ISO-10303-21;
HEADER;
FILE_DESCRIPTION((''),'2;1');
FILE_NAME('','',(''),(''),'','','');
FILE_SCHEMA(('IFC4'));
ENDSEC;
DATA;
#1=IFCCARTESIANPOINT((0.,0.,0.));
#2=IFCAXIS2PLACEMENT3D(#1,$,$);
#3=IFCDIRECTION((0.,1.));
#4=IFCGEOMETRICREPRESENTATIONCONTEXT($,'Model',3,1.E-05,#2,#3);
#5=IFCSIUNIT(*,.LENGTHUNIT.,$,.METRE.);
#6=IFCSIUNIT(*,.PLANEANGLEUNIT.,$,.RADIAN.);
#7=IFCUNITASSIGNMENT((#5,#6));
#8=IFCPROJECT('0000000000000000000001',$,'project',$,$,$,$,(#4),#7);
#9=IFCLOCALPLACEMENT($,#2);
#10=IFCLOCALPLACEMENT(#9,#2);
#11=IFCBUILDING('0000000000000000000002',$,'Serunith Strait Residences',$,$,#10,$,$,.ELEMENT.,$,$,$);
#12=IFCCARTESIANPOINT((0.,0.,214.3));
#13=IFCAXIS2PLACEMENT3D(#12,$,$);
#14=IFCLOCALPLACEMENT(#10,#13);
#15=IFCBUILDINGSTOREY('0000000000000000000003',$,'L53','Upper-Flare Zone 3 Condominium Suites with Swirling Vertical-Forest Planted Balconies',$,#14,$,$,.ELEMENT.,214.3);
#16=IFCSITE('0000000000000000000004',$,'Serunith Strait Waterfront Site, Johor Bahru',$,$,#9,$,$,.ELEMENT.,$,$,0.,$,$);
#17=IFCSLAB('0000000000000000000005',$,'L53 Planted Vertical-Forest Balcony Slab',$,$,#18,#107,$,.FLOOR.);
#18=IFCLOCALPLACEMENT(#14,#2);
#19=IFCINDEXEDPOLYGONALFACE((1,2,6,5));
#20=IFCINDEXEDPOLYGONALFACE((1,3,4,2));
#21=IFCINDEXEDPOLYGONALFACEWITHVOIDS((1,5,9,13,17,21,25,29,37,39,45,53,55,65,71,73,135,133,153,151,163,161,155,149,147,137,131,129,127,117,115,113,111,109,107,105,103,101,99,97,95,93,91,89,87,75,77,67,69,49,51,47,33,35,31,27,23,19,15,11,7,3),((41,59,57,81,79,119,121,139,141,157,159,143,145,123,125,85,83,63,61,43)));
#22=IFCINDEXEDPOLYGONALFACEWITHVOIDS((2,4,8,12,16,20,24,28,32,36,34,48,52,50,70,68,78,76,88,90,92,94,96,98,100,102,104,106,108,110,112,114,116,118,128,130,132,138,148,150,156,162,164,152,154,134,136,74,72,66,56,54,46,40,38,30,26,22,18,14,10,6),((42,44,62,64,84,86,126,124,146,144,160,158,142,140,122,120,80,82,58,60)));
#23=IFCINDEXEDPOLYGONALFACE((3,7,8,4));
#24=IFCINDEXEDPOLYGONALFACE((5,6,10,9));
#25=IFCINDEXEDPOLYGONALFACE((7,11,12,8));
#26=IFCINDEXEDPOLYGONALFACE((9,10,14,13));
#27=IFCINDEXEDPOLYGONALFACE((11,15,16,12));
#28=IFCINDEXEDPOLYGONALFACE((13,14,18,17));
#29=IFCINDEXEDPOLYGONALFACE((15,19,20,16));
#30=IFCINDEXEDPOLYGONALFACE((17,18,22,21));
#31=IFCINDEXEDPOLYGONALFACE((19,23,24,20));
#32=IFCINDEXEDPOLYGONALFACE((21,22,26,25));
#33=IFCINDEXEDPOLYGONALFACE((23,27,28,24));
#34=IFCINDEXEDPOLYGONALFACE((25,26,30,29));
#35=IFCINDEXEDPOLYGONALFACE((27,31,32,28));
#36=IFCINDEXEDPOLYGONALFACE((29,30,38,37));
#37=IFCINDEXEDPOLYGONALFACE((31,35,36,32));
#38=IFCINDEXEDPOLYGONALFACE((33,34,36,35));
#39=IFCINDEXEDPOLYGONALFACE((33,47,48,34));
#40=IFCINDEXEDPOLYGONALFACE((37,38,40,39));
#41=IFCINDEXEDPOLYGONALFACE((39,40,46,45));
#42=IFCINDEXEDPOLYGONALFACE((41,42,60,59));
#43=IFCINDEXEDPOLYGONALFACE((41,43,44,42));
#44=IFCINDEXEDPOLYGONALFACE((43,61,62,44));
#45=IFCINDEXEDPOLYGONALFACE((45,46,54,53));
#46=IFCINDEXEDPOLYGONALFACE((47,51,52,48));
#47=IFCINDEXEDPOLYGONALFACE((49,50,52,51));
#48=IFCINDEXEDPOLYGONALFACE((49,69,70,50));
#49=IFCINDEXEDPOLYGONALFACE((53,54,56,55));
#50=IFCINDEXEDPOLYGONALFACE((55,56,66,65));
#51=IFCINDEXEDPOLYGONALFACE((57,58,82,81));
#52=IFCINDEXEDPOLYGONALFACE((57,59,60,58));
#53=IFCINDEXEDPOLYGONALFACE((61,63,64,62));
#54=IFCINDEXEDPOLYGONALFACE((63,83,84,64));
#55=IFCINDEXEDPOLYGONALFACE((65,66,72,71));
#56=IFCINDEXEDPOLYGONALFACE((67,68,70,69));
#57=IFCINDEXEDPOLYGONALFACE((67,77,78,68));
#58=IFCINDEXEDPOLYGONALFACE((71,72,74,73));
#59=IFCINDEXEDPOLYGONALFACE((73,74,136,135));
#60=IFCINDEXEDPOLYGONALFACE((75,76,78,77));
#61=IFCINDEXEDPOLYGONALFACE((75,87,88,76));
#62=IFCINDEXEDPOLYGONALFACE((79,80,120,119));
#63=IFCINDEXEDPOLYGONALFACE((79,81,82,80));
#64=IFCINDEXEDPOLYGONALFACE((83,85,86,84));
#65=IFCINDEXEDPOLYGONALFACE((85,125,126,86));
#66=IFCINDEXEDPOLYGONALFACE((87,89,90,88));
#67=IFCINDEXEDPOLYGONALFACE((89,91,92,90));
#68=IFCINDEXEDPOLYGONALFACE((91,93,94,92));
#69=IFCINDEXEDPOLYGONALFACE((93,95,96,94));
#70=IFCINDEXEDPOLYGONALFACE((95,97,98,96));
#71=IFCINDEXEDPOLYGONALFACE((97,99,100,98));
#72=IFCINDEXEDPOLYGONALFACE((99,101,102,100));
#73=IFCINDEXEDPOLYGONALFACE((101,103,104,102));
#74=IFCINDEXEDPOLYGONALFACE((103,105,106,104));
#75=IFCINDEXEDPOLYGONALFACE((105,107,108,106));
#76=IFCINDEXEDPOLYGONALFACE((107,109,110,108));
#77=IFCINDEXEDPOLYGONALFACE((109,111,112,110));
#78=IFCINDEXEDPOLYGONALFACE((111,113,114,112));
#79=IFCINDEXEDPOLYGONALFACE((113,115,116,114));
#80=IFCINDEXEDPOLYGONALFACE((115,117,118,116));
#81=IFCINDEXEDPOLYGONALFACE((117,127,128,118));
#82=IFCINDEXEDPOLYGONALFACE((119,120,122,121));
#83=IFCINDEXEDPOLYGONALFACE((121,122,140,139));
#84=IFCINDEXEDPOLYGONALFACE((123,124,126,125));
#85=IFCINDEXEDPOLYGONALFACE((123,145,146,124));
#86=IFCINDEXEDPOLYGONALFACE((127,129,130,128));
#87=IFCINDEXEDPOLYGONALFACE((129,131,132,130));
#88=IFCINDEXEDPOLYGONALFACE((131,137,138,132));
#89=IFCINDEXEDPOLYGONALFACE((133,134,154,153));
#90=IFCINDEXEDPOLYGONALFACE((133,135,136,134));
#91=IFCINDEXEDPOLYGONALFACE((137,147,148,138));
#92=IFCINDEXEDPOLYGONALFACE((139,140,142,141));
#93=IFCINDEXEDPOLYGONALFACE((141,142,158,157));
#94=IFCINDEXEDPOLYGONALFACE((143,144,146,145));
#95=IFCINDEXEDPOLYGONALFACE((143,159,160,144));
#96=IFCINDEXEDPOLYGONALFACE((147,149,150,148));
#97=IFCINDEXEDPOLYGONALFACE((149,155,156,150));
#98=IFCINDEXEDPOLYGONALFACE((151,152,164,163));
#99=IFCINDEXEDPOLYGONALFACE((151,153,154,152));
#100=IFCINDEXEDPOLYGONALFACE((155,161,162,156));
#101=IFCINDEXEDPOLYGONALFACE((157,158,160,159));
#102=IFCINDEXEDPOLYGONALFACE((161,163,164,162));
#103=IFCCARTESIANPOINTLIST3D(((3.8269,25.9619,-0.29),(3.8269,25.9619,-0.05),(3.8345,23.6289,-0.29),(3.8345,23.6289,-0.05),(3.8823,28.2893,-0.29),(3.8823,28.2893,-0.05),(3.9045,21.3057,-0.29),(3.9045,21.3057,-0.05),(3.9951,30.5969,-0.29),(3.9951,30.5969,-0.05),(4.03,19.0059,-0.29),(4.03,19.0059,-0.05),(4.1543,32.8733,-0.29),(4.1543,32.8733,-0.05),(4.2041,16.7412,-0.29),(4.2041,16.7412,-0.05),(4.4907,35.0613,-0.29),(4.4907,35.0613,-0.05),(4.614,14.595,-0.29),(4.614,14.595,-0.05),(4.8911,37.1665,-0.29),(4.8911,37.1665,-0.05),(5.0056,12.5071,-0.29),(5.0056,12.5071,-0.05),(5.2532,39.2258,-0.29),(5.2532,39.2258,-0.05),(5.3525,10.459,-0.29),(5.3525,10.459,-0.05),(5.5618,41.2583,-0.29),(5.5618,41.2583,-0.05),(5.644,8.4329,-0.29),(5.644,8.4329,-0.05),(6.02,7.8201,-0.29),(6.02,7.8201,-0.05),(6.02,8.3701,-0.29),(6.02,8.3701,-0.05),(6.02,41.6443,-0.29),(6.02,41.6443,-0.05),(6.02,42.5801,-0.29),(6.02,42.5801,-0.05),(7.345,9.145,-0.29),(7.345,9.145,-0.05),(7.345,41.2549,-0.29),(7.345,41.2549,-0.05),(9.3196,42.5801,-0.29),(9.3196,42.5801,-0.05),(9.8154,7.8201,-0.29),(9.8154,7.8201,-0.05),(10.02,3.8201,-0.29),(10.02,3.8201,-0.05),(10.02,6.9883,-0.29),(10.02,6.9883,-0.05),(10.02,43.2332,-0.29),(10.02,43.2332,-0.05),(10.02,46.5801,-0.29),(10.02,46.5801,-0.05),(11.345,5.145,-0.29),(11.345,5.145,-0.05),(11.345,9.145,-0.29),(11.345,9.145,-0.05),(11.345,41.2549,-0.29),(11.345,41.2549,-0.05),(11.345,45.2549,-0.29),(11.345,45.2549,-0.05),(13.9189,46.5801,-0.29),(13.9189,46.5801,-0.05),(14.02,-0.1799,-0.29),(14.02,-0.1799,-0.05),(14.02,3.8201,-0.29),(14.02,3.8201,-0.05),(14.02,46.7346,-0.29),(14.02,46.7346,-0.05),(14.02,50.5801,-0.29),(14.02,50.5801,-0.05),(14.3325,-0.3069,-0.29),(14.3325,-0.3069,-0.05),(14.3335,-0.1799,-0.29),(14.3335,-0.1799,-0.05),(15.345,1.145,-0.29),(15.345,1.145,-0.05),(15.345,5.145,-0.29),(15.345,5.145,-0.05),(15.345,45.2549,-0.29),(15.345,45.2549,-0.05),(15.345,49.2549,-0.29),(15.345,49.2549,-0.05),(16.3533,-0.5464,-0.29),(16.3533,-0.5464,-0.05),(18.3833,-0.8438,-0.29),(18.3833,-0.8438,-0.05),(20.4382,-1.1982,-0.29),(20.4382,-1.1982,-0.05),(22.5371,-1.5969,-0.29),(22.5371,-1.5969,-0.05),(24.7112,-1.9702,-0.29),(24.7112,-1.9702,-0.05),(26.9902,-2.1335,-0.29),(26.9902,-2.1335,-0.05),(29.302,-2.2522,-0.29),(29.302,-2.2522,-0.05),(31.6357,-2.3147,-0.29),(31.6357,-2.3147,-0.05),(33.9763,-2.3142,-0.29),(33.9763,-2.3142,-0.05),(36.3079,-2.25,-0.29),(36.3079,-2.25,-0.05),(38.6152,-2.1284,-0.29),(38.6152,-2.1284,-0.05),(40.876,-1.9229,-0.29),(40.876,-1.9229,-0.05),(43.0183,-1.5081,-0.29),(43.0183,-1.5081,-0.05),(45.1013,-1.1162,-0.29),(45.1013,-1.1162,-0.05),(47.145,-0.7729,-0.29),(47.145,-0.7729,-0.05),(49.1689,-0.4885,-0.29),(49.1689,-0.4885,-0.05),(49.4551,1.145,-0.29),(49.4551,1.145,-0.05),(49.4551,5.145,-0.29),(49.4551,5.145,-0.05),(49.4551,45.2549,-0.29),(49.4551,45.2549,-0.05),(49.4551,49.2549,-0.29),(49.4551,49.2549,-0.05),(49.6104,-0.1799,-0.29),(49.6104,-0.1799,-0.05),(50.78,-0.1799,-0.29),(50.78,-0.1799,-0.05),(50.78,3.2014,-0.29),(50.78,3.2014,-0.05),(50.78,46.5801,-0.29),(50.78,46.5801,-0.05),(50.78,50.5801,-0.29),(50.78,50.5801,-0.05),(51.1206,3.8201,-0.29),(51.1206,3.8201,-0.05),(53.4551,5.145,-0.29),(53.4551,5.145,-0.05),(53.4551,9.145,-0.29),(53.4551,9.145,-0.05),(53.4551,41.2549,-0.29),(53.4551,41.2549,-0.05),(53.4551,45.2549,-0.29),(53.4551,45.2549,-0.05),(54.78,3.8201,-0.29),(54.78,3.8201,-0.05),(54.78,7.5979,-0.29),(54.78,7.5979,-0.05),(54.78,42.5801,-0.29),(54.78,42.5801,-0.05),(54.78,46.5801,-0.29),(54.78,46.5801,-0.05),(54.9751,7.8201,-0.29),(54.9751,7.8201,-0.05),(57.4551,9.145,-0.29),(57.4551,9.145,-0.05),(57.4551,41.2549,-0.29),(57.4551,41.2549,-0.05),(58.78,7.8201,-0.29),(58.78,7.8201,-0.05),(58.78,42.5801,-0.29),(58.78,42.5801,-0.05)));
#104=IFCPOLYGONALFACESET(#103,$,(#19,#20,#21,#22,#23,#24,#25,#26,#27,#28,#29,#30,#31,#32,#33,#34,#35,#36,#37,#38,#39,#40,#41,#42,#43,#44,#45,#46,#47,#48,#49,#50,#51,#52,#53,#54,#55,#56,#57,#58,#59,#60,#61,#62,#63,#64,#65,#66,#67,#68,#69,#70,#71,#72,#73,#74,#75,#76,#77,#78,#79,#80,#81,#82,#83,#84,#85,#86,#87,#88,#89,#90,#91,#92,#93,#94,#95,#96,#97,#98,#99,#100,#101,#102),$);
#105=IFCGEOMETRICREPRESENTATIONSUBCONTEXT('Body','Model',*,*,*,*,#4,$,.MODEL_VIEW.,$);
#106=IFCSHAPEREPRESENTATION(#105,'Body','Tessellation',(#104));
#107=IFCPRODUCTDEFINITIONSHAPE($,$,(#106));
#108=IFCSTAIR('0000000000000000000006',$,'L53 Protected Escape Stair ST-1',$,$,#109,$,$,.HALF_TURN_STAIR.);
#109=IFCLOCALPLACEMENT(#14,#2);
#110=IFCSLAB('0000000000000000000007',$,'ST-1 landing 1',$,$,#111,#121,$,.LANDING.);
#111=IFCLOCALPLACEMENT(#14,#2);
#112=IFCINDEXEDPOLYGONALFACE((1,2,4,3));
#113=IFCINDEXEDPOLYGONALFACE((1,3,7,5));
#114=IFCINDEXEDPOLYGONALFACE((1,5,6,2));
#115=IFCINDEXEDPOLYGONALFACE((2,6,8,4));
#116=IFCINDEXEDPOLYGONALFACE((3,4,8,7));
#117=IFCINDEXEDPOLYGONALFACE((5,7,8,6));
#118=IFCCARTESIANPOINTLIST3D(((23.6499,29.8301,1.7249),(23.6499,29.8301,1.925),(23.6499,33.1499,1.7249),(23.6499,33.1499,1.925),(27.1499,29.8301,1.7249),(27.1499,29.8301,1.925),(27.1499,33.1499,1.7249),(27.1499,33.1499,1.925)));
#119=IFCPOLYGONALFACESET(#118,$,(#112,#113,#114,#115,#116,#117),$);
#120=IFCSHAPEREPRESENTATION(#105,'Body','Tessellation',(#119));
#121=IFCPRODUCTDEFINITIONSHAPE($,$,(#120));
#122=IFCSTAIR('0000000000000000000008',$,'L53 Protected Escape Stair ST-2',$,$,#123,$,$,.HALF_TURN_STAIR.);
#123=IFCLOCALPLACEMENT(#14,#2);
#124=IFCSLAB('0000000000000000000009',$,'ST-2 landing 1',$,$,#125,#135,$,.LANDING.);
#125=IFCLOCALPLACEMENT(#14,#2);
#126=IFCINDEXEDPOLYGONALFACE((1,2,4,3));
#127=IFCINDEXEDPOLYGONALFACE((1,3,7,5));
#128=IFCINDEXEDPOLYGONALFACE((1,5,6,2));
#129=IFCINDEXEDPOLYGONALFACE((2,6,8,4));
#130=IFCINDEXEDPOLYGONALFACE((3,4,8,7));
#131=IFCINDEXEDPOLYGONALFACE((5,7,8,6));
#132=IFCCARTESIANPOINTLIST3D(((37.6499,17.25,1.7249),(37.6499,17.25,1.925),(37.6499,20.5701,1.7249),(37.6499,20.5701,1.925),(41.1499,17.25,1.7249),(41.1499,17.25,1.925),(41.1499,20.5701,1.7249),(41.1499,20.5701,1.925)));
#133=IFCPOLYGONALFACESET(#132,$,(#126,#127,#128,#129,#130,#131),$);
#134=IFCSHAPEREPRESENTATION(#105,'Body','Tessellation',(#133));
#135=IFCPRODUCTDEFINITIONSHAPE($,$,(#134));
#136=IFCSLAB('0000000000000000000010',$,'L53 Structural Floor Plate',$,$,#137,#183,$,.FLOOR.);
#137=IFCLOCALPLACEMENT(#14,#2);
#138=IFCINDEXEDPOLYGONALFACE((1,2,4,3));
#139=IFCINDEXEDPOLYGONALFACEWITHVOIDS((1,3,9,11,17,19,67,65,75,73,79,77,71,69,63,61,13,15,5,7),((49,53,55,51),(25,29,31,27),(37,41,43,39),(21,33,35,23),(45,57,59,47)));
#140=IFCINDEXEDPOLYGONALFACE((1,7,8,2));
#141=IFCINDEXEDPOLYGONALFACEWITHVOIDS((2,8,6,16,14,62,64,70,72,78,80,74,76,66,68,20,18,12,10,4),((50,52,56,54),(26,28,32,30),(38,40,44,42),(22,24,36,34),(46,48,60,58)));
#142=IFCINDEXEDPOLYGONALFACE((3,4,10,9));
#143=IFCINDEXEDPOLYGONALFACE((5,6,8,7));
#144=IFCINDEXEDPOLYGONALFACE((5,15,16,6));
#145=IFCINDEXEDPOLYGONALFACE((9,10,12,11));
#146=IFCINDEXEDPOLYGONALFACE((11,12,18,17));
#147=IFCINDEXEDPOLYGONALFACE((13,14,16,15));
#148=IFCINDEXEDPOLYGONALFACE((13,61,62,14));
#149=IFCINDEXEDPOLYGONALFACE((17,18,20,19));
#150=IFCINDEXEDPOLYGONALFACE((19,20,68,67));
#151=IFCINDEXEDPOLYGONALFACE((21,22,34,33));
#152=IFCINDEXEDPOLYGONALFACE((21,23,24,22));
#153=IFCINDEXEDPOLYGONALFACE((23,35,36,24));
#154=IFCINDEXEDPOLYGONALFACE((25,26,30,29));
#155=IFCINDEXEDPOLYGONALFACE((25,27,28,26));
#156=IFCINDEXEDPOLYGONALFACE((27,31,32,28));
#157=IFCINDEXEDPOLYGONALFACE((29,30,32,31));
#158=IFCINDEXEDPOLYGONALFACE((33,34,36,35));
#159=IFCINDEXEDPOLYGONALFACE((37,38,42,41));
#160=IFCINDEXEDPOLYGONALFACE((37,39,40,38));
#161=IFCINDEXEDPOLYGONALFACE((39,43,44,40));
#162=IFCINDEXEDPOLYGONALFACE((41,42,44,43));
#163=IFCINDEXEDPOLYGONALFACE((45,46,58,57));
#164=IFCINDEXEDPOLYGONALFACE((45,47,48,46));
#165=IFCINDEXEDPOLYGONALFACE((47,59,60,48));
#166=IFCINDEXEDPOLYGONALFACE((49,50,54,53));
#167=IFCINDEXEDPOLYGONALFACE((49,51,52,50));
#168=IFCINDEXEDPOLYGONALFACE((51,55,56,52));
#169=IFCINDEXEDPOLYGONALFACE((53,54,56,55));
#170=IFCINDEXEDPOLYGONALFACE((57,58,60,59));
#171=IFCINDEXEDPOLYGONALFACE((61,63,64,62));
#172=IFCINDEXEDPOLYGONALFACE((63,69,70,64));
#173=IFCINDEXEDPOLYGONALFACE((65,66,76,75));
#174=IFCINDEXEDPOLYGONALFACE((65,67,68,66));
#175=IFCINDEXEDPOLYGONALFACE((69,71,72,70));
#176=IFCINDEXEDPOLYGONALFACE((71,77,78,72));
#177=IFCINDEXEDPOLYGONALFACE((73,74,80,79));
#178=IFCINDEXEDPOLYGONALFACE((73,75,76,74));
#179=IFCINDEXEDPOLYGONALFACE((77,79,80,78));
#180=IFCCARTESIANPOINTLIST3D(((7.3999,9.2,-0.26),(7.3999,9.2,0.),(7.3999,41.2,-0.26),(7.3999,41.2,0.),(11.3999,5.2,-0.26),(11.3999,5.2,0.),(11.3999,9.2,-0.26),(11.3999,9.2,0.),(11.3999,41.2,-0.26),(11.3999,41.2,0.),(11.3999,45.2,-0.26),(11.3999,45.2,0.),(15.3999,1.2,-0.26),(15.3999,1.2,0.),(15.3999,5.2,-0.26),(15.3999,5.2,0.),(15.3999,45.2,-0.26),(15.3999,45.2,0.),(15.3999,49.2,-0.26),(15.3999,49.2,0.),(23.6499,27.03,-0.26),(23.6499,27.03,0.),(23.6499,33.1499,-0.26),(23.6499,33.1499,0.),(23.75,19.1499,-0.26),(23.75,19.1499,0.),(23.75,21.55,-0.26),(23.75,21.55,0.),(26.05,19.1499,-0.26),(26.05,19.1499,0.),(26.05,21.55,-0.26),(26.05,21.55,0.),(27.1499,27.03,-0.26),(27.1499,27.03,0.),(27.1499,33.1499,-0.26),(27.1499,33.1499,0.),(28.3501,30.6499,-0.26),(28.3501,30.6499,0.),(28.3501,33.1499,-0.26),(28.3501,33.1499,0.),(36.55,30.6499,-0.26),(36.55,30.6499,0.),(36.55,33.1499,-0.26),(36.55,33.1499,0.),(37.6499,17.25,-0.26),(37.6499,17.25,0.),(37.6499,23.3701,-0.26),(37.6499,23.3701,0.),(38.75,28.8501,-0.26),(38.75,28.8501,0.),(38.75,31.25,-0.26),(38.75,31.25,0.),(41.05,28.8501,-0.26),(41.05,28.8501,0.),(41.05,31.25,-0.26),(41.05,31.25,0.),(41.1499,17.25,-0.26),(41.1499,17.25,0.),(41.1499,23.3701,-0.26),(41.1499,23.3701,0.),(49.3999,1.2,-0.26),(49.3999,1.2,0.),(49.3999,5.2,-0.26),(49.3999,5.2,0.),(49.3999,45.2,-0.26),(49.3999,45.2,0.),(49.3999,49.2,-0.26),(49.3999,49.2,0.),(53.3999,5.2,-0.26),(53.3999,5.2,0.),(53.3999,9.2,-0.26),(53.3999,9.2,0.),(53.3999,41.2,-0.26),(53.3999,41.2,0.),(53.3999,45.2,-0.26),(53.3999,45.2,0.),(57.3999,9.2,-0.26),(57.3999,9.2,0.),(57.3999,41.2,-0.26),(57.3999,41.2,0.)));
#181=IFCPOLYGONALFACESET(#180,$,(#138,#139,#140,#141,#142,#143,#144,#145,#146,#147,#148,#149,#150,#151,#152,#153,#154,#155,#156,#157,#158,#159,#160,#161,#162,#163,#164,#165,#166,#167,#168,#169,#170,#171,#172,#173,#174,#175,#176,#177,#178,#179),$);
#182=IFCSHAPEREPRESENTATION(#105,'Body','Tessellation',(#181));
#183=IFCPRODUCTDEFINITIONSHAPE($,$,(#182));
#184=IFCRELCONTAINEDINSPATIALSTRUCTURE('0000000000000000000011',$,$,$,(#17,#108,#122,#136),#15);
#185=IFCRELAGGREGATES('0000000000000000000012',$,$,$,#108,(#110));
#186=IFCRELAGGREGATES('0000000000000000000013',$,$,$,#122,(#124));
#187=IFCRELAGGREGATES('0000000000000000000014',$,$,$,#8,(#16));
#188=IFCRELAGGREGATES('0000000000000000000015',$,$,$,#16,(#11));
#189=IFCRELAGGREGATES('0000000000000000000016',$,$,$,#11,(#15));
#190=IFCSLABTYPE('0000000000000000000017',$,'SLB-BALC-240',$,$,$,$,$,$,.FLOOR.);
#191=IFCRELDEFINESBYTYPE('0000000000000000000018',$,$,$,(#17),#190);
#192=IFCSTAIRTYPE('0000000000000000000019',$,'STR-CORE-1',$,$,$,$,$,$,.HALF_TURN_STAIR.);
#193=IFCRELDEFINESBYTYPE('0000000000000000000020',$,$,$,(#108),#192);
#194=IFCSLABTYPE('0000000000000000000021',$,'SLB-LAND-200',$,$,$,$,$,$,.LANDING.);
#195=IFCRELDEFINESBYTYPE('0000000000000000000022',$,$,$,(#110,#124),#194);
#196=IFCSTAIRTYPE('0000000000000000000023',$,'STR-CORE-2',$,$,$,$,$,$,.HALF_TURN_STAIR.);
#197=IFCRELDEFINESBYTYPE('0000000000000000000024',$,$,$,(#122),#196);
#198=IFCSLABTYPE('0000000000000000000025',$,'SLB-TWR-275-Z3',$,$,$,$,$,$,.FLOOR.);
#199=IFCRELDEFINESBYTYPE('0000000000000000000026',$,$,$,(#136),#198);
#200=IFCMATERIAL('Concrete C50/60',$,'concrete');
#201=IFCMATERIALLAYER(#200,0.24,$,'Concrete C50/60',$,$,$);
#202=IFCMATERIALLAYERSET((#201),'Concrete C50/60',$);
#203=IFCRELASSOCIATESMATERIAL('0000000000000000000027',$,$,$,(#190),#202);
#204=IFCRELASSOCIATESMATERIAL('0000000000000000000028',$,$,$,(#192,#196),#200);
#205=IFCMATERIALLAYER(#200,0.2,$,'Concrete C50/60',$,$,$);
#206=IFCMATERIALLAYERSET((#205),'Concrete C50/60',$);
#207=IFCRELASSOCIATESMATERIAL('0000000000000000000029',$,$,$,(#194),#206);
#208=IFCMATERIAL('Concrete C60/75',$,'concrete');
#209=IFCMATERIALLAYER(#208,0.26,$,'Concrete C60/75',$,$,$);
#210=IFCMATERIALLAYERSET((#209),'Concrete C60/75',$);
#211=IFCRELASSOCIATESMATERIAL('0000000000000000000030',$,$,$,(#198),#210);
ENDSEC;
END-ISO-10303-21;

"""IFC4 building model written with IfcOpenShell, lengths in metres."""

from ifc_helpers import new_model, si_unit, direction, frame, origin, place, context, subcontext, project, spatial, polyline, outline, extrude, material, layer, layer_set, type_object, element, aggregate, save


model = new_model("IFC4")

# Units and contexts
model_context = context("Model", 3, precision=1e-05, world=origin(), true_north=direction((0.0, 1.0)))
body_context = subcontext(model_context, "Body", "Model", "MODEL_VIEW")
ifc_project = project(units=[si_unit("LENGTHUNIT", "METRE"), si_unit("PLANEANGLEUNIT", "RADIAN")], contexts=[model_context])

# Site, building, storey
site_placement = place(None, origin())
site = spatial("IfcSite", under=ifc_project, at=site_placement, Name="Serunith Strait Waterfront Site, Johor Bahru", CompositionType="ELEMENT", RefElevation=0.0)
building_placement = place(site_placement, origin())
building = spatial("IfcBuilding", under=site, at=building_placement, Name="Serunith Strait Residences", CompositionType="ELEMENT")
storey_placement = place(building_placement, frame((0.0, 0.0, 214.3)))
storey = spatial("IfcBuildingStorey", under=building, at=storey_placement, Name="L53", Description="Upper-Flare Zone 3 Condominium Suites with Swirling Vertical-Forest Planted Balconies", CompositionType="ELEMENT", Elevation=214.3)

# Slab
ifc_material_1 = material(Name="Concrete C50/60", Category="concrete")
ifc_layer_1 = layer(ifc_material_1, 0.24, Name="Concrete C50/60")
ifc_layer_set_1 = layer_set([ifc_layer_1], Name="Concrete C50/60")
slab_type_1 = type_object("IfcSlabType", Name="SLB-BALC-240", PredefinedType="FLOOR", material=ifc_layer_set_1)
slab_1_placement = place(storey_placement, frame((0.0, 0.0, -0.29)))
element("IfcSlab", 1, at=slab_1_placement, inside=storey, type_object=slab_type_1, Name="L53 Planted Vertical-Forest Balcony Slab", PredefinedType="FLOOR", context=body_context, shape_type="SweptSolid", body=[
    extrude(outline(polyline([(14.02, -0.1799), (14.02, 3.8201), (10.02, 3.8201), (10.02, 6.9883), (9.8154, 7.8201), (6.02, 7.8201), (6.02, 8.3701), (5.644, 8.4329), (5.3525, 10.459), (5.0056, 12.5071), (4.614, 14.595), (4.2041, 16.7412), (4.03, 19.0059), (3.9045, 21.3057), (3.8345, 23.6289), (3.8269, 25.9619), (3.8823, 28.2893), (3.9951, 30.5969), (4.1543, 32.8733), (4.4907, 35.0613), (4.8911, 37.1665), (5.2532, 39.2258), (5.5618, 41.2583), (6.02, 41.6443), (6.02, 42.5801), (9.3196, 42.5801), (10.02, 43.2332), (10.02, 46.5801), (13.9189, 46.5801), (14.02, 46.7346), (14.02, 50.5801), (50.78, 50.5801), (50.78, 46.5801), (54.78, 46.5801), (54.78, 42.5801), (58.78, 42.5801), (58.78, 7.8201), (54.9751, 7.8201), (54.78, 7.5979), (54.78, 3.8201), (51.1206, 3.8201), (50.78, 3.2014), (50.78, -0.1799), (49.6104, -0.1799), (49.1689, -0.4885), (47.145, -0.7729), (45.1013, -1.1162), (43.0183, -1.5081), (40.876, -1.9229), (38.6152, -2.1284), (36.3079, -2.25), (33.9763, -2.3142), (31.6357, -2.3147), (29.302, -2.2522), (26.9902, -2.1335), (24.7112, -1.9702), (22.5371, -1.5969), (20.4382, -1.1982), (18.3833, -0.8438), (16.3533, -0.5464), (14.3325, -0.3069), (14.3335, -0.1799), (14.02, -0.1799)]), holes=[polyline([(49.4551, 1.145), (49.4551, 5.145), (53.4551, 5.145), (53.4551, 9.145), (57.4551, 9.145), (57.4551, 41.2549), (53.4551, 41.2549), (53.4551, 45.2549), (49.4551, 45.2549), (49.4551, 49.2549), (15.345, 49.2549), (15.345, 45.2549), (11.345, 45.2549), (11.345, 41.2549), (7.345, 41.2549), (7.345, 9.145), (11.345, 9.145), (11.345, 5.145), (15.345, 5.145), (15.345, 1.145), (49.4551, 1.145)])]), origin(), (0.0, 0.0, 1.0), 0.24),
])

# Stairs, slabs
stair_type_1 = type_object("IfcStairType", Name="STR-CORE-1", PredefinedType="HALF_TURN_STAIR", material=ifc_material_1)
stair_1_placement = place(storey_placement, origin())
stair_1 = element("IfcStair", 2, at=stair_1_placement, inside=storey, type_object=stair_type_1, Name="L53 Protected Escape Stair ST-1", PredefinedType="HALF_TURN_STAIR")
ifc_layer_2 = layer(ifc_material_1, 0.2, Name="Concrete C50/60")
ifc_layer_set_2 = layer_set([ifc_layer_2], Name="Concrete C50/60")
slab_type_2 = type_object("IfcSlabType", Name="SLB-LAND-200", PredefinedType="LANDING", material=ifc_layer_set_2)
slab_2_placement = place(storey_placement, frame((0.0, 0.0, 1.7249)))
slab_2 = element("IfcSlab", 3, at=slab_2_placement, type_object=slab_type_2, Name="ST-1 landing 1", PredefinedType="LANDING", context=body_context, shape_type="SweptSolid", body=[
    extrude(outline(polyline([(27.1499, 29.8301), (27.1499, 33.1499), (23.6499, 33.1499), (23.6499, 29.8301), (27.1499, 29.8301)])), origin(), (0.0, 0.0, 1.0), 0.2002),
])
aggregate(stair_1, [slab_2])
stair_type_2 = type_object("IfcStairType", Name="STR-CORE-2", PredefinedType="HALF_TURN_STAIR", material=ifc_material_1)
stair_2_placement = place(storey_placement, origin())
stair_2 = element("IfcStair", 4, at=stair_2_placement, inside=storey, type_object=stair_type_2, Name="L53 Protected Escape Stair ST-2", PredefinedType="HALF_TURN_STAIR")
slab_3_placement = place(storey_placement, frame((0.0, 0.0, 1.7249)))
slab_3 = element("IfcSlab", 5, at=slab_3_placement, type_object=slab_type_2, Name="ST-2 landing 1", PredefinedType="LANDING", context=body_context, shape_type="SweptSolid", body=[
    extrude(outline(polyline([(37.6499, 20.5701), (37.6499, 17.25), (41.1499, 17.25), (41.1499, 20.5701), (37.6499, 20.5701)])), origin(), (0.0, 0.0, 1.0), 0.2002),
])
aggregate(stair_2, [slab_3])

# Slab
ifc_material_2 = material(Name="Concrete C60/75", Category="concrete")
ifc_layer_3 = layer(ifc_material_2, 0.26, Name="Concrete C60/75")
ifc_layer_set_3 = layer_set([ifc_layer_3], Name="Concrete C60/75")
slab_type_3 = type_object("IfcSlabType", Name="SLB-TWR-275-Z3", PredefinedType="FLOOR", material=ifc_layer_set_3)
slab_4_placement = place(storey_placement, frame((0.0, 0.0, -0.26)))
element("IfcSlab", 6, at=slab_4_placement, inside=storey, type_object=slab_type_3, Name="L53 Structural Floor Plate", PredefinedType="FLOOR", context=body_context, shape_type="SweptSolid", body=[
    extrude(outline(polyline([(15.3999, 5.2), (11.3999, 5.2), (11.3999, 9.2), (7.3999, 9.2), (7.3999, 41.2), (11.3999, 41.2), (11.3999, 45.2), (15.3999, 45.2), (15.3999, 49.2), (49.3999, 49.2), (49.3999, 45.2), (53.3999, 45.2), (53.3999, 41.2), (57.3999, 41.2), (57.3999, 9.2), (53.3999, 9.2), (53.3999, 5.2), (49.3999, 5.2), (49.3999, 1.2), (15.3999, 1.2), (15.3999, 5.2)]), holes=[polyline([(41.1499, 23.3701), (37.6499, 23.3701), (37.6499, 17.25), (41.1499, 17.25), (41.1499, 23.3701)]), polyline([(38.75, 31.25), (38.75, 28.8501), (41.05, 28.8501), (41.05, 31.25), (38.75, 31.25)]), polyline([(36.55, 33.1499), (28.3501, 33.1499), (28.3501, 30.6499), (36.55, 30.6499), (36.55, 33.1499)]), polyline([(23.6499, 33.1499), (23.6499, 27.03), (27.1499, 27.03), (27.1499, 33.1499), (23.6499, 33.1499)]), polyline([(23.75, 21.55), (23.75, 19.1499), (26.05, 19.1499), (26.05, 21.55), (23.75, 21.55)])]), origin(), (0.0, 0.0, 1.0), 0.26),
])

save(model, "model.ifc")
